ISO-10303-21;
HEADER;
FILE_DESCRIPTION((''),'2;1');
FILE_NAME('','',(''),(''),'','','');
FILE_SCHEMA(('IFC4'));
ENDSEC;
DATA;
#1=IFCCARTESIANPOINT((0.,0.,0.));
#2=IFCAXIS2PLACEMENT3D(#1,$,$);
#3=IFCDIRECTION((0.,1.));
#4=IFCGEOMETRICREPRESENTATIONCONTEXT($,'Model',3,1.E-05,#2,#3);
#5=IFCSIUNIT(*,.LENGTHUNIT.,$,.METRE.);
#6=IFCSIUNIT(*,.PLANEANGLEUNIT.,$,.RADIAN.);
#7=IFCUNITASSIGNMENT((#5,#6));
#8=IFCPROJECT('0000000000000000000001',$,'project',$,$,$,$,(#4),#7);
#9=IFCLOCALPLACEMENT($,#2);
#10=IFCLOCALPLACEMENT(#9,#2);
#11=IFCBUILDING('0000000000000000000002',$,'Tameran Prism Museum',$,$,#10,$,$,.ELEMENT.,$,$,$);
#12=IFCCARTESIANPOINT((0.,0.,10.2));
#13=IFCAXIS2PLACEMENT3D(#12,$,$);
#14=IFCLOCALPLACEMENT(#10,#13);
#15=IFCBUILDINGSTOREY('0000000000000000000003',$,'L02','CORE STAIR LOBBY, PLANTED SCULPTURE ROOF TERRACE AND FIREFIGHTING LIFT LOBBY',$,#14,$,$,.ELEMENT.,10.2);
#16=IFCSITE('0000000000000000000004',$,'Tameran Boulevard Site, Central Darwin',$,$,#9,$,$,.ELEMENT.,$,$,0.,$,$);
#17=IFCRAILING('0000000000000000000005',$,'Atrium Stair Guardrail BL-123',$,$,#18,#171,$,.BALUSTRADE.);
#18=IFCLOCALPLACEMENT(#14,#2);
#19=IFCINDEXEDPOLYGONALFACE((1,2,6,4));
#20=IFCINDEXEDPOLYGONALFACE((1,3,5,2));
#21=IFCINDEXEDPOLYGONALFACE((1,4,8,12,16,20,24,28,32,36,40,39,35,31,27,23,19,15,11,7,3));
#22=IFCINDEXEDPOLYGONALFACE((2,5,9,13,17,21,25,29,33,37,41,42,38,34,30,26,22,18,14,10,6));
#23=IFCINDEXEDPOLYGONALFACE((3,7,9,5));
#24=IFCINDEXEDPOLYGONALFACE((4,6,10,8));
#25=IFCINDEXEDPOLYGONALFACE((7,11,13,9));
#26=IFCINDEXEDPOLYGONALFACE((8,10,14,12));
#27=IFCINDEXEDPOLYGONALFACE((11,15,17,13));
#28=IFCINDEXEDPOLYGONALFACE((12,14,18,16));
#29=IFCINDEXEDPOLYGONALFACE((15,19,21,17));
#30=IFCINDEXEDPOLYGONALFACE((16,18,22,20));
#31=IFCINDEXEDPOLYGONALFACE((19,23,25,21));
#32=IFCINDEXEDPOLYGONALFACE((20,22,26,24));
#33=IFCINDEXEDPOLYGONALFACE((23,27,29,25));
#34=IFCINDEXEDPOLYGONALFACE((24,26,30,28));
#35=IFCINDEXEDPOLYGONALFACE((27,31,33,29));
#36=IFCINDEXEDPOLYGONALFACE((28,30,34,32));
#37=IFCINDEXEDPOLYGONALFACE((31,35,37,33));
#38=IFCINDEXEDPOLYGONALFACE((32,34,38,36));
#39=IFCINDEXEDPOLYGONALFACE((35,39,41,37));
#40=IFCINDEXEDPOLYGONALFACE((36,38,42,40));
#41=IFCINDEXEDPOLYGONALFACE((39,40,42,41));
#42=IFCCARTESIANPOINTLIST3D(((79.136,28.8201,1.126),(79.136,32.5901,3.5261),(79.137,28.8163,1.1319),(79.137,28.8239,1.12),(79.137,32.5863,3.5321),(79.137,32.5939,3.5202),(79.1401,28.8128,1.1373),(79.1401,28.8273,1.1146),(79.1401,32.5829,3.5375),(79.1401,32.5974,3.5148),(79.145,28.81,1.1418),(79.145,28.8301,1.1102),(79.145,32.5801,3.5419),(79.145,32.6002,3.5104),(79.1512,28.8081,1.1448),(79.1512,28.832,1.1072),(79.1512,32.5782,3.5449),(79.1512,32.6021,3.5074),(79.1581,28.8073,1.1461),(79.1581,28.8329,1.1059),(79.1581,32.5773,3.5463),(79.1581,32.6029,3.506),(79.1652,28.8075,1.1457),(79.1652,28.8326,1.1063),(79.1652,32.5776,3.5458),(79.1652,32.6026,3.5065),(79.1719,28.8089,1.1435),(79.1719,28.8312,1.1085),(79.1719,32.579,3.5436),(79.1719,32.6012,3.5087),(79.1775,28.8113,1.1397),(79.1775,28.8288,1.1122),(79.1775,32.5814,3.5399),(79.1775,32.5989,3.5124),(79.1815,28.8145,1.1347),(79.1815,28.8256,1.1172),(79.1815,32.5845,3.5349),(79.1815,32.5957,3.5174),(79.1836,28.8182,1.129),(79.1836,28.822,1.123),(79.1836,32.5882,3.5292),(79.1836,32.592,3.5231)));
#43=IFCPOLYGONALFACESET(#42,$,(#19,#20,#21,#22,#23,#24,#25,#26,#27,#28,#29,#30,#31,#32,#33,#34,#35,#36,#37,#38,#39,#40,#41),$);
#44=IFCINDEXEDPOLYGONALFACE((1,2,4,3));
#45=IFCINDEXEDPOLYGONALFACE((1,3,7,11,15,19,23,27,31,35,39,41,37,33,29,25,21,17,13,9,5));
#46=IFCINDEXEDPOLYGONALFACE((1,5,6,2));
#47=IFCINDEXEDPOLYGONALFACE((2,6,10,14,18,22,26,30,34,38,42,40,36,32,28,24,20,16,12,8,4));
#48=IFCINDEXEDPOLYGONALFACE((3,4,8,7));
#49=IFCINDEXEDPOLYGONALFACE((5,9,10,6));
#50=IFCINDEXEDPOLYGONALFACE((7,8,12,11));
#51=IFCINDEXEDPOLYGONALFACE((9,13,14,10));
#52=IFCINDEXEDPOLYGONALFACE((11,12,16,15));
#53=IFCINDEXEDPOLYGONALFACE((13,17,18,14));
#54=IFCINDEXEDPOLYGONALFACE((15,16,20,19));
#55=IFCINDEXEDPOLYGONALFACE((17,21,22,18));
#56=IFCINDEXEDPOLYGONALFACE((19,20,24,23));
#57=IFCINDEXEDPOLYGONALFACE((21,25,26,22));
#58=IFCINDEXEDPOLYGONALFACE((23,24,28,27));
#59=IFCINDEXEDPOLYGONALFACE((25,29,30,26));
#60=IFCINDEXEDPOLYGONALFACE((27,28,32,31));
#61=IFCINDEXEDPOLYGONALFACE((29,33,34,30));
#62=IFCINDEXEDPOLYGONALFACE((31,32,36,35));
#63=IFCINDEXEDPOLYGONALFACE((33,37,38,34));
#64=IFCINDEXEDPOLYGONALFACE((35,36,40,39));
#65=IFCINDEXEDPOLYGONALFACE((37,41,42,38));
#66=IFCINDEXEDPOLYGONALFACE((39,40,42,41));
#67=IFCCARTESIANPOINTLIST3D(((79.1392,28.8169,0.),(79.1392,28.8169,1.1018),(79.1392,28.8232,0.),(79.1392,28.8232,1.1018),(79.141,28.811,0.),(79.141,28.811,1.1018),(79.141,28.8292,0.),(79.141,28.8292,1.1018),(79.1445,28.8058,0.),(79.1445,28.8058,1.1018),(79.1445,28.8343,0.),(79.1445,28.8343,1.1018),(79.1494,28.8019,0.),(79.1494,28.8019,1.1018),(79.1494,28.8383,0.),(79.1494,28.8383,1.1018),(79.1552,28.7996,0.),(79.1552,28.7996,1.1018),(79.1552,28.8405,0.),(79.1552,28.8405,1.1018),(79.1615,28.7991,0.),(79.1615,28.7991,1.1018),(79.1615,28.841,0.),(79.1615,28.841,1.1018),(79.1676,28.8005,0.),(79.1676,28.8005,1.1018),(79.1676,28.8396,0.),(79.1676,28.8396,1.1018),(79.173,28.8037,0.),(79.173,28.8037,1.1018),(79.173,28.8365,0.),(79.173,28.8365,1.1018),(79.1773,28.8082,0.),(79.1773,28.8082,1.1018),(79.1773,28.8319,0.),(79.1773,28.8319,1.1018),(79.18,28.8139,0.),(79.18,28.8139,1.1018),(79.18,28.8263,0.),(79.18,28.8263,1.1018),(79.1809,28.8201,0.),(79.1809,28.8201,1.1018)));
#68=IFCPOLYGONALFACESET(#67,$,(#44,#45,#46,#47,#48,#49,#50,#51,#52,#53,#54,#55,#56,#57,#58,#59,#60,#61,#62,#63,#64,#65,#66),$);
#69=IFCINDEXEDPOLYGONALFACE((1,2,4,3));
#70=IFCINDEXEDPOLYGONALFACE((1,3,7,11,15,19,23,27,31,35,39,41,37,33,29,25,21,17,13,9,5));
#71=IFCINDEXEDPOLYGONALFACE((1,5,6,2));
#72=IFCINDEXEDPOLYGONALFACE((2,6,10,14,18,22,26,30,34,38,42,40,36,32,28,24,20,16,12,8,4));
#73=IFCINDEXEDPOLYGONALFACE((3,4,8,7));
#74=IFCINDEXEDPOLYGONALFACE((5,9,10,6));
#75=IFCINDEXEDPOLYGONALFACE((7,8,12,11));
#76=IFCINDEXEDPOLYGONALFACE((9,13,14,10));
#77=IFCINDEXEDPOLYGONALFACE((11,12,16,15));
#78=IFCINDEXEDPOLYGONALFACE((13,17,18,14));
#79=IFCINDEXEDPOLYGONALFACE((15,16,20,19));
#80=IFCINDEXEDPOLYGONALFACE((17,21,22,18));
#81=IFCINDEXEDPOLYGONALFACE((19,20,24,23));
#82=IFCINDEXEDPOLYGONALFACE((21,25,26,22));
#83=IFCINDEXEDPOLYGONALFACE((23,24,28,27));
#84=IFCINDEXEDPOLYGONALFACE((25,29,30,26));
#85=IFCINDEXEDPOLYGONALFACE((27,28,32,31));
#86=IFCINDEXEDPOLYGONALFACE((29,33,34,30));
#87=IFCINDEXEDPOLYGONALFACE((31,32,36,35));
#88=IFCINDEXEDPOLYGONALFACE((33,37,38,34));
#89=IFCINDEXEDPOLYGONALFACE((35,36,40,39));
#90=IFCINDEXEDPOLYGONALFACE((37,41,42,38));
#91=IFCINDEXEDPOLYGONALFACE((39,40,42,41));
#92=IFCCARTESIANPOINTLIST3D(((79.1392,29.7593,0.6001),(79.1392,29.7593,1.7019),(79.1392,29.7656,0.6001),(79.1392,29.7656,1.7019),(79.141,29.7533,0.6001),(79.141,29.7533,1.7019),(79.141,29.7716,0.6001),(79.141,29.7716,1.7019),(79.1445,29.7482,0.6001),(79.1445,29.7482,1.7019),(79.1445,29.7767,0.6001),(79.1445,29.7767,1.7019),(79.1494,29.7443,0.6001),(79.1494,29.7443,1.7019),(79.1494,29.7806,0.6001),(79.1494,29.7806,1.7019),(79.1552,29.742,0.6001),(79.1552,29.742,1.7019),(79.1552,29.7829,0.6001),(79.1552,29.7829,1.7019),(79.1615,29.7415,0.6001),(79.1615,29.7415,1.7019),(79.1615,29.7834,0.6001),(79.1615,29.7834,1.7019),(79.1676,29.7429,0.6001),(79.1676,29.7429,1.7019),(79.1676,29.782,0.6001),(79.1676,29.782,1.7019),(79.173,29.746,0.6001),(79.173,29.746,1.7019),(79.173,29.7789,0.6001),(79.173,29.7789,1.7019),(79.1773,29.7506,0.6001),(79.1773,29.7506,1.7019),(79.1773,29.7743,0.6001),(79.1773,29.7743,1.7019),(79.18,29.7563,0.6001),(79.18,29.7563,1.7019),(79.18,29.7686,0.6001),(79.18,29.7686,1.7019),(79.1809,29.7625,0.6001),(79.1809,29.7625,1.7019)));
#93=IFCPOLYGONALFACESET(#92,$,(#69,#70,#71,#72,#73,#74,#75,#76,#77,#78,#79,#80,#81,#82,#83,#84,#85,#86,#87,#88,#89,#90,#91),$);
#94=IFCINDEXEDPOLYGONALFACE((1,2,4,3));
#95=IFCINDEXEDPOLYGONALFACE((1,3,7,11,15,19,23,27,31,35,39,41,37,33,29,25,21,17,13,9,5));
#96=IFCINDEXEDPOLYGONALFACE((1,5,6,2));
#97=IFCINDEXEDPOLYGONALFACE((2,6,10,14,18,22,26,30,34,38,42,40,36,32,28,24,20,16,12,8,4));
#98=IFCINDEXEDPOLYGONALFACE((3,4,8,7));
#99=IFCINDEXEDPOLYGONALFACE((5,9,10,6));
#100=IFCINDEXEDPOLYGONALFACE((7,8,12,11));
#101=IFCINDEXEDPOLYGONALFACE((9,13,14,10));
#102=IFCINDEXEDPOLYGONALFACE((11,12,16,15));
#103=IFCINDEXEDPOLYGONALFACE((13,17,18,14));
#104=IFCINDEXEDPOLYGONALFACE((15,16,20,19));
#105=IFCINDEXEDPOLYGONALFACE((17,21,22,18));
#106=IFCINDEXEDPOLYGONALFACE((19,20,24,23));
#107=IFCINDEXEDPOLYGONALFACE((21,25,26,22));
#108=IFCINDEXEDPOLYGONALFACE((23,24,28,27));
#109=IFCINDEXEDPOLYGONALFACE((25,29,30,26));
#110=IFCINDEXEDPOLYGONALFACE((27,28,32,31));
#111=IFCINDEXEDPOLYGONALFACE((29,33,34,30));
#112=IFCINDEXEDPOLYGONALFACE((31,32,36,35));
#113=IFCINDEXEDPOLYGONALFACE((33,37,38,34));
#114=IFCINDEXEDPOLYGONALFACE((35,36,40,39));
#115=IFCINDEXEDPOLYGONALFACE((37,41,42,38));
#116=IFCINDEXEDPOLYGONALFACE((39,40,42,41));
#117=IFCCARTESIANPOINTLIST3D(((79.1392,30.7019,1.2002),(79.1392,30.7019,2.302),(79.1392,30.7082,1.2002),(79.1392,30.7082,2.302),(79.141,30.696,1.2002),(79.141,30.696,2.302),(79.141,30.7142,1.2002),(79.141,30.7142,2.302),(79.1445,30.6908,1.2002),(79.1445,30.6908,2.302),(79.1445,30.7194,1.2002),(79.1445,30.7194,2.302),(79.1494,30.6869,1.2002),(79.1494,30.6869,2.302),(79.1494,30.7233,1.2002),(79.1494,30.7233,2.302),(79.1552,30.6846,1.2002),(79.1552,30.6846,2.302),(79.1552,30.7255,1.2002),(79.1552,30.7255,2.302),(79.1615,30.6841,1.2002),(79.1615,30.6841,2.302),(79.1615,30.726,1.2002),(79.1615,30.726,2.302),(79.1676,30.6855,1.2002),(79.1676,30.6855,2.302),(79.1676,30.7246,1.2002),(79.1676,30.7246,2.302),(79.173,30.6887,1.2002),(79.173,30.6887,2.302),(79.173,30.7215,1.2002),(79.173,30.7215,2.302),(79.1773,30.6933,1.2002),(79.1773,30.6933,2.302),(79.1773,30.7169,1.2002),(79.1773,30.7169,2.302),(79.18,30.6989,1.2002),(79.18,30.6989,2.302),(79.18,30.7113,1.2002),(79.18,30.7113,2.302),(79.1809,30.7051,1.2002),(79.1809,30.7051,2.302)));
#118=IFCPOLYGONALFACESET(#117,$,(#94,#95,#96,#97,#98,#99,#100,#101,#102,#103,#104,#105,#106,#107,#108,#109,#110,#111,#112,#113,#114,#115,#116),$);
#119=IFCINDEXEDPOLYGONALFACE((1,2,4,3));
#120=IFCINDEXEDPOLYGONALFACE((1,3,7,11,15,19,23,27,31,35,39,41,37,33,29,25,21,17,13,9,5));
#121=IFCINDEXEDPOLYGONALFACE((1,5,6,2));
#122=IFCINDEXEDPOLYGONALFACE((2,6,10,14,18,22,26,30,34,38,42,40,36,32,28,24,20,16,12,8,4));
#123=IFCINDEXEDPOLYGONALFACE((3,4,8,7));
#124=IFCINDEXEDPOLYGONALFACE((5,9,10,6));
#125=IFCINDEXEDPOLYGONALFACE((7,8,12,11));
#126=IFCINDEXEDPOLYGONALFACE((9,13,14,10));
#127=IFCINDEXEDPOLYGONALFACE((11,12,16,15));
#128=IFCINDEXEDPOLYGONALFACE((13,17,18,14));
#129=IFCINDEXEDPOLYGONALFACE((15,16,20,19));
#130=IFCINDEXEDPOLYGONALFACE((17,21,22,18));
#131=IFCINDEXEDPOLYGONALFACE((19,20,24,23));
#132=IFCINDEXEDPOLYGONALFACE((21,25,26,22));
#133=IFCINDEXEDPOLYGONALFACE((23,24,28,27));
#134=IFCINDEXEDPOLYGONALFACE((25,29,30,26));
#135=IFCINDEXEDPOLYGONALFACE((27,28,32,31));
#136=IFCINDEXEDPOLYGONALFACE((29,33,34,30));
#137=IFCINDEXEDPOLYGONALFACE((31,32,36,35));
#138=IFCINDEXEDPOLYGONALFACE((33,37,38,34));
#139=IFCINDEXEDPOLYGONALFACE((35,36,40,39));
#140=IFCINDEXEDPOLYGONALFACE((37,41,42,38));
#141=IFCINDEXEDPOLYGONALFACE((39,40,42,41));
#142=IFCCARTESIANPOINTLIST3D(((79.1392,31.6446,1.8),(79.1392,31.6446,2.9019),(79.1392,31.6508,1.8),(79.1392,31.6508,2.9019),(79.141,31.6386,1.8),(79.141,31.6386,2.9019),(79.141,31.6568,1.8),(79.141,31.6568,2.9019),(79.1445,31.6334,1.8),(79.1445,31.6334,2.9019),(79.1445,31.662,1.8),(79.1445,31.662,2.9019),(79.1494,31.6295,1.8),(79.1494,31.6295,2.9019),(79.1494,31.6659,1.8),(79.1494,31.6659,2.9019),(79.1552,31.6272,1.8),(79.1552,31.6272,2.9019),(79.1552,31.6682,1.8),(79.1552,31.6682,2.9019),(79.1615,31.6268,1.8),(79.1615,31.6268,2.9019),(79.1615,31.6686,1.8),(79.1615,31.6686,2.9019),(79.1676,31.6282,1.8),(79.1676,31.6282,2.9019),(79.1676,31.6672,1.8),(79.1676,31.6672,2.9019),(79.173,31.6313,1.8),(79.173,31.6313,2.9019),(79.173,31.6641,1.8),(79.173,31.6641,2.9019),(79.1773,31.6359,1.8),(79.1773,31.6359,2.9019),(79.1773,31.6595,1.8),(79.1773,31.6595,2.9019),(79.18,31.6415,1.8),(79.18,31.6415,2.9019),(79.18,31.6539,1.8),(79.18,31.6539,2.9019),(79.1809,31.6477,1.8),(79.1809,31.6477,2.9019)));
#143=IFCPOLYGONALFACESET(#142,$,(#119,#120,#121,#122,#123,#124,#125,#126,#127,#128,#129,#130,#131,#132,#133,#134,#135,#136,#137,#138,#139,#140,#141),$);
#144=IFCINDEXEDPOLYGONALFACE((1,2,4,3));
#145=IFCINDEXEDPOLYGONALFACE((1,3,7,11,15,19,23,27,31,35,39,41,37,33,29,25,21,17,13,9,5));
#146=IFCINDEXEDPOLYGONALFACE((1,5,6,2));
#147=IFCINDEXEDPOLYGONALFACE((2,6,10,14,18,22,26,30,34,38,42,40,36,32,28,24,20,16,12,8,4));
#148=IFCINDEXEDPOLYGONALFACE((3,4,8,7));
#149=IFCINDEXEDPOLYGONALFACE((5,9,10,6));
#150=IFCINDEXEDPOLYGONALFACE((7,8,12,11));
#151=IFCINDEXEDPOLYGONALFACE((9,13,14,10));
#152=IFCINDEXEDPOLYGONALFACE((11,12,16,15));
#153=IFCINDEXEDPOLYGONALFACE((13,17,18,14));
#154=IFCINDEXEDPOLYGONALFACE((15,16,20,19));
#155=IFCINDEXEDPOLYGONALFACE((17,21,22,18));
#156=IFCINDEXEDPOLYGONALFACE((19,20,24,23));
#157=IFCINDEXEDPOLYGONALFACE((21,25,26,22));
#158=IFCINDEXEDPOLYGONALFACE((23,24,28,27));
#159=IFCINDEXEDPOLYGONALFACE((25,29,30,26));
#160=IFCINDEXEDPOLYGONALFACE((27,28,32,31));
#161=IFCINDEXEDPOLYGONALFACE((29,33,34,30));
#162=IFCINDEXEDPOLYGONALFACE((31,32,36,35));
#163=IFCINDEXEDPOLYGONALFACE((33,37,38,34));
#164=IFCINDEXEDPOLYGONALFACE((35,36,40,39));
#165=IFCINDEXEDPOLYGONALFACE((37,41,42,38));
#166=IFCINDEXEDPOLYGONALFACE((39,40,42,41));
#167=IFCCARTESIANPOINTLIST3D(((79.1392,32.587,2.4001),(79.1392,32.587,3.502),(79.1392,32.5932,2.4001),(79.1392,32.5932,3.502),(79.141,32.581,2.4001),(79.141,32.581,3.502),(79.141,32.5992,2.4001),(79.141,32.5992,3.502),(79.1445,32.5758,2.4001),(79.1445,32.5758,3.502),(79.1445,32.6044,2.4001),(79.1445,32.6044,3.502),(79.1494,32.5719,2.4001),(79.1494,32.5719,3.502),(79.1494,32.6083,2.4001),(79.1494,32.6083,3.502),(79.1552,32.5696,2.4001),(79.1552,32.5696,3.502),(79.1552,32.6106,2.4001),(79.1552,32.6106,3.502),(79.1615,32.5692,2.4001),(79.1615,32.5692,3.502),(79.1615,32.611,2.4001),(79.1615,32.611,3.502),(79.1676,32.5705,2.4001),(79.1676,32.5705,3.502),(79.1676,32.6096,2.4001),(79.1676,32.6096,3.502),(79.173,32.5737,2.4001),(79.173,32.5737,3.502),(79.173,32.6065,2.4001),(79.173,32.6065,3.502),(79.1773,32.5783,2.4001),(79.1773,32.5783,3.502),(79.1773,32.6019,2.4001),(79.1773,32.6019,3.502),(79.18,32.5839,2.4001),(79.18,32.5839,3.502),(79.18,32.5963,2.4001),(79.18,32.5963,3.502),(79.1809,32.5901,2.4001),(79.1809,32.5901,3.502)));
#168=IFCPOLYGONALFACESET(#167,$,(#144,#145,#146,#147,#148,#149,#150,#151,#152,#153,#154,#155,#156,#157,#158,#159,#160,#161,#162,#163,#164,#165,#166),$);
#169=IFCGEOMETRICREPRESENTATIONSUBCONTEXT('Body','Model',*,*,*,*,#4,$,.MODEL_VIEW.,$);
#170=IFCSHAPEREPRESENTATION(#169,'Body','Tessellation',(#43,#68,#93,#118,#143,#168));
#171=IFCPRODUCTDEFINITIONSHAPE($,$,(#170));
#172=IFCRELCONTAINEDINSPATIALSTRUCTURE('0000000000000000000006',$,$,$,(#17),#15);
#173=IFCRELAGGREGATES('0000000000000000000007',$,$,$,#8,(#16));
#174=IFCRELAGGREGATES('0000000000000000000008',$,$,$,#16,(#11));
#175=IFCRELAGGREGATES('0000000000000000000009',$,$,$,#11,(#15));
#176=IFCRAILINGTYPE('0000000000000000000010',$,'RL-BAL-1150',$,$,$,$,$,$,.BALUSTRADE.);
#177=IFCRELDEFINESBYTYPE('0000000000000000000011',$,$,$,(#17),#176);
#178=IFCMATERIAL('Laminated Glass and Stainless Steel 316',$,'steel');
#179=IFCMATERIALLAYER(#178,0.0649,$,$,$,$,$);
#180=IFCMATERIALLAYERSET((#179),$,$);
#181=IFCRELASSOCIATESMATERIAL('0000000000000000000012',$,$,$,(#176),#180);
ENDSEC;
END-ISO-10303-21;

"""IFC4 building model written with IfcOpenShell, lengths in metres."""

from ifc_helpers import new_model, si_unit, direction, frame, origin, origin_2d, place, context, subcontext, project, spatial, circle, extrude, material, layer, layer_set, type_object, element, save


model = new_model("IFC4")

# Units and contexts
model_context = context("Model", 3, precision=1e-05, world=origin(), true_north=direction((0.0, 1.0)))
body_context = subcontext(model_context, "Body", "Model", "MODEL_VIEW")
ifc_project = project(units=[si_unit("LENGTHUNIT", "METRE"), si_unit("PLANEANGLEUNIT", "RADIAN")], contexts=[model_context])

# Site, building, storey
site_placement = place(None, origin())
site = spatial("IfcSite", under=ifc_project, at=site_placement, Name="Tameran Boulevard Site, Central Darwin", CompositionType="ELEMENT", RefElevation=0.0)
building_placement = place(site_placement, origin())
building = spatial("IfcBuilding", under=site, at=building_placement, Name="Tameran Prism Museum", CompositionType="ELEMENT")
storey_placement = place(building_placement, frame((0.0, 0.0, 10.2)))
storey = spatial("IfcBuildingStorey", under=building, at=storey_placement, Name="L02", Description="CORE STAIR LOBBY, PLANTED SCULPTURE ROOF TERRACE AND FIREFIGHTING LIFT LOBBY", CompositionType="ELEMENT", Elevation=10.2)

# Railing
ifc_material_1 = material(Name="Laminated Glass and Stainless Steel 316", Category="steel")
ifc_layer_1 = layer(ifc_material_1, 0.0649)
ifc_layer_set_1 = layer_set([ifc_layer_1])
railing_type = type_object("IfcRailingType", Name="RL-BAL-1150", PredefinedType="BALUSTRADE", material=ifc_layer_set_1)
for number, where, name in (
    (1, (79.1599, 28.8201, 0.0), "Atrium Stair Guardrail BL-123"),
):
    element("IfcRailing", number, at=place(storey_placement, frame(where)), inside=storey, type_object=railing_type, Name=name, PredefinedType="BALUSTRADE", context=body_context, shape_type="SweptSolid", body=[
        extrude(circle(Radius=0.0239, at=origin_2d()), frame((0.0, 0.0, 1.126), z_axis=(0.0, 0.843556, 0.537042), x_axis=(-1.0, 0.0, 0.0)), (0.0, 0.0, 1.0), 4.4692),
        extrude(circle(Radius=0.021, at=origin_2d()), origin(), (0.0, 0.0, 1.0), 1.1018),
        extrude(circle(Radius=0.021, at=origin_2d()), frame((0.0, 0.9424, 0.6001)), (0.0, 0.0, 1.0), 1.1018),
        extrude(circle(Radius=0.021, at=origin_2d()), frame((0.0, 1.885, 1.2002)), (0.0, 0.0, 1.0), 1.1018),
        extrude(circle(Radius=0.021, at=origin_2d()), frame((0.0, 2.8276, 1.8)), (0.0, 0.0, 1.0), 1.1018),
        extrude(circle(Radius=0.021, at=origin_2d()), frame((0.0, 3.77, 2.4001)), (0.0, 0.0, 1.0), 1.1018),
    ])

save(model, "model.ifc")
